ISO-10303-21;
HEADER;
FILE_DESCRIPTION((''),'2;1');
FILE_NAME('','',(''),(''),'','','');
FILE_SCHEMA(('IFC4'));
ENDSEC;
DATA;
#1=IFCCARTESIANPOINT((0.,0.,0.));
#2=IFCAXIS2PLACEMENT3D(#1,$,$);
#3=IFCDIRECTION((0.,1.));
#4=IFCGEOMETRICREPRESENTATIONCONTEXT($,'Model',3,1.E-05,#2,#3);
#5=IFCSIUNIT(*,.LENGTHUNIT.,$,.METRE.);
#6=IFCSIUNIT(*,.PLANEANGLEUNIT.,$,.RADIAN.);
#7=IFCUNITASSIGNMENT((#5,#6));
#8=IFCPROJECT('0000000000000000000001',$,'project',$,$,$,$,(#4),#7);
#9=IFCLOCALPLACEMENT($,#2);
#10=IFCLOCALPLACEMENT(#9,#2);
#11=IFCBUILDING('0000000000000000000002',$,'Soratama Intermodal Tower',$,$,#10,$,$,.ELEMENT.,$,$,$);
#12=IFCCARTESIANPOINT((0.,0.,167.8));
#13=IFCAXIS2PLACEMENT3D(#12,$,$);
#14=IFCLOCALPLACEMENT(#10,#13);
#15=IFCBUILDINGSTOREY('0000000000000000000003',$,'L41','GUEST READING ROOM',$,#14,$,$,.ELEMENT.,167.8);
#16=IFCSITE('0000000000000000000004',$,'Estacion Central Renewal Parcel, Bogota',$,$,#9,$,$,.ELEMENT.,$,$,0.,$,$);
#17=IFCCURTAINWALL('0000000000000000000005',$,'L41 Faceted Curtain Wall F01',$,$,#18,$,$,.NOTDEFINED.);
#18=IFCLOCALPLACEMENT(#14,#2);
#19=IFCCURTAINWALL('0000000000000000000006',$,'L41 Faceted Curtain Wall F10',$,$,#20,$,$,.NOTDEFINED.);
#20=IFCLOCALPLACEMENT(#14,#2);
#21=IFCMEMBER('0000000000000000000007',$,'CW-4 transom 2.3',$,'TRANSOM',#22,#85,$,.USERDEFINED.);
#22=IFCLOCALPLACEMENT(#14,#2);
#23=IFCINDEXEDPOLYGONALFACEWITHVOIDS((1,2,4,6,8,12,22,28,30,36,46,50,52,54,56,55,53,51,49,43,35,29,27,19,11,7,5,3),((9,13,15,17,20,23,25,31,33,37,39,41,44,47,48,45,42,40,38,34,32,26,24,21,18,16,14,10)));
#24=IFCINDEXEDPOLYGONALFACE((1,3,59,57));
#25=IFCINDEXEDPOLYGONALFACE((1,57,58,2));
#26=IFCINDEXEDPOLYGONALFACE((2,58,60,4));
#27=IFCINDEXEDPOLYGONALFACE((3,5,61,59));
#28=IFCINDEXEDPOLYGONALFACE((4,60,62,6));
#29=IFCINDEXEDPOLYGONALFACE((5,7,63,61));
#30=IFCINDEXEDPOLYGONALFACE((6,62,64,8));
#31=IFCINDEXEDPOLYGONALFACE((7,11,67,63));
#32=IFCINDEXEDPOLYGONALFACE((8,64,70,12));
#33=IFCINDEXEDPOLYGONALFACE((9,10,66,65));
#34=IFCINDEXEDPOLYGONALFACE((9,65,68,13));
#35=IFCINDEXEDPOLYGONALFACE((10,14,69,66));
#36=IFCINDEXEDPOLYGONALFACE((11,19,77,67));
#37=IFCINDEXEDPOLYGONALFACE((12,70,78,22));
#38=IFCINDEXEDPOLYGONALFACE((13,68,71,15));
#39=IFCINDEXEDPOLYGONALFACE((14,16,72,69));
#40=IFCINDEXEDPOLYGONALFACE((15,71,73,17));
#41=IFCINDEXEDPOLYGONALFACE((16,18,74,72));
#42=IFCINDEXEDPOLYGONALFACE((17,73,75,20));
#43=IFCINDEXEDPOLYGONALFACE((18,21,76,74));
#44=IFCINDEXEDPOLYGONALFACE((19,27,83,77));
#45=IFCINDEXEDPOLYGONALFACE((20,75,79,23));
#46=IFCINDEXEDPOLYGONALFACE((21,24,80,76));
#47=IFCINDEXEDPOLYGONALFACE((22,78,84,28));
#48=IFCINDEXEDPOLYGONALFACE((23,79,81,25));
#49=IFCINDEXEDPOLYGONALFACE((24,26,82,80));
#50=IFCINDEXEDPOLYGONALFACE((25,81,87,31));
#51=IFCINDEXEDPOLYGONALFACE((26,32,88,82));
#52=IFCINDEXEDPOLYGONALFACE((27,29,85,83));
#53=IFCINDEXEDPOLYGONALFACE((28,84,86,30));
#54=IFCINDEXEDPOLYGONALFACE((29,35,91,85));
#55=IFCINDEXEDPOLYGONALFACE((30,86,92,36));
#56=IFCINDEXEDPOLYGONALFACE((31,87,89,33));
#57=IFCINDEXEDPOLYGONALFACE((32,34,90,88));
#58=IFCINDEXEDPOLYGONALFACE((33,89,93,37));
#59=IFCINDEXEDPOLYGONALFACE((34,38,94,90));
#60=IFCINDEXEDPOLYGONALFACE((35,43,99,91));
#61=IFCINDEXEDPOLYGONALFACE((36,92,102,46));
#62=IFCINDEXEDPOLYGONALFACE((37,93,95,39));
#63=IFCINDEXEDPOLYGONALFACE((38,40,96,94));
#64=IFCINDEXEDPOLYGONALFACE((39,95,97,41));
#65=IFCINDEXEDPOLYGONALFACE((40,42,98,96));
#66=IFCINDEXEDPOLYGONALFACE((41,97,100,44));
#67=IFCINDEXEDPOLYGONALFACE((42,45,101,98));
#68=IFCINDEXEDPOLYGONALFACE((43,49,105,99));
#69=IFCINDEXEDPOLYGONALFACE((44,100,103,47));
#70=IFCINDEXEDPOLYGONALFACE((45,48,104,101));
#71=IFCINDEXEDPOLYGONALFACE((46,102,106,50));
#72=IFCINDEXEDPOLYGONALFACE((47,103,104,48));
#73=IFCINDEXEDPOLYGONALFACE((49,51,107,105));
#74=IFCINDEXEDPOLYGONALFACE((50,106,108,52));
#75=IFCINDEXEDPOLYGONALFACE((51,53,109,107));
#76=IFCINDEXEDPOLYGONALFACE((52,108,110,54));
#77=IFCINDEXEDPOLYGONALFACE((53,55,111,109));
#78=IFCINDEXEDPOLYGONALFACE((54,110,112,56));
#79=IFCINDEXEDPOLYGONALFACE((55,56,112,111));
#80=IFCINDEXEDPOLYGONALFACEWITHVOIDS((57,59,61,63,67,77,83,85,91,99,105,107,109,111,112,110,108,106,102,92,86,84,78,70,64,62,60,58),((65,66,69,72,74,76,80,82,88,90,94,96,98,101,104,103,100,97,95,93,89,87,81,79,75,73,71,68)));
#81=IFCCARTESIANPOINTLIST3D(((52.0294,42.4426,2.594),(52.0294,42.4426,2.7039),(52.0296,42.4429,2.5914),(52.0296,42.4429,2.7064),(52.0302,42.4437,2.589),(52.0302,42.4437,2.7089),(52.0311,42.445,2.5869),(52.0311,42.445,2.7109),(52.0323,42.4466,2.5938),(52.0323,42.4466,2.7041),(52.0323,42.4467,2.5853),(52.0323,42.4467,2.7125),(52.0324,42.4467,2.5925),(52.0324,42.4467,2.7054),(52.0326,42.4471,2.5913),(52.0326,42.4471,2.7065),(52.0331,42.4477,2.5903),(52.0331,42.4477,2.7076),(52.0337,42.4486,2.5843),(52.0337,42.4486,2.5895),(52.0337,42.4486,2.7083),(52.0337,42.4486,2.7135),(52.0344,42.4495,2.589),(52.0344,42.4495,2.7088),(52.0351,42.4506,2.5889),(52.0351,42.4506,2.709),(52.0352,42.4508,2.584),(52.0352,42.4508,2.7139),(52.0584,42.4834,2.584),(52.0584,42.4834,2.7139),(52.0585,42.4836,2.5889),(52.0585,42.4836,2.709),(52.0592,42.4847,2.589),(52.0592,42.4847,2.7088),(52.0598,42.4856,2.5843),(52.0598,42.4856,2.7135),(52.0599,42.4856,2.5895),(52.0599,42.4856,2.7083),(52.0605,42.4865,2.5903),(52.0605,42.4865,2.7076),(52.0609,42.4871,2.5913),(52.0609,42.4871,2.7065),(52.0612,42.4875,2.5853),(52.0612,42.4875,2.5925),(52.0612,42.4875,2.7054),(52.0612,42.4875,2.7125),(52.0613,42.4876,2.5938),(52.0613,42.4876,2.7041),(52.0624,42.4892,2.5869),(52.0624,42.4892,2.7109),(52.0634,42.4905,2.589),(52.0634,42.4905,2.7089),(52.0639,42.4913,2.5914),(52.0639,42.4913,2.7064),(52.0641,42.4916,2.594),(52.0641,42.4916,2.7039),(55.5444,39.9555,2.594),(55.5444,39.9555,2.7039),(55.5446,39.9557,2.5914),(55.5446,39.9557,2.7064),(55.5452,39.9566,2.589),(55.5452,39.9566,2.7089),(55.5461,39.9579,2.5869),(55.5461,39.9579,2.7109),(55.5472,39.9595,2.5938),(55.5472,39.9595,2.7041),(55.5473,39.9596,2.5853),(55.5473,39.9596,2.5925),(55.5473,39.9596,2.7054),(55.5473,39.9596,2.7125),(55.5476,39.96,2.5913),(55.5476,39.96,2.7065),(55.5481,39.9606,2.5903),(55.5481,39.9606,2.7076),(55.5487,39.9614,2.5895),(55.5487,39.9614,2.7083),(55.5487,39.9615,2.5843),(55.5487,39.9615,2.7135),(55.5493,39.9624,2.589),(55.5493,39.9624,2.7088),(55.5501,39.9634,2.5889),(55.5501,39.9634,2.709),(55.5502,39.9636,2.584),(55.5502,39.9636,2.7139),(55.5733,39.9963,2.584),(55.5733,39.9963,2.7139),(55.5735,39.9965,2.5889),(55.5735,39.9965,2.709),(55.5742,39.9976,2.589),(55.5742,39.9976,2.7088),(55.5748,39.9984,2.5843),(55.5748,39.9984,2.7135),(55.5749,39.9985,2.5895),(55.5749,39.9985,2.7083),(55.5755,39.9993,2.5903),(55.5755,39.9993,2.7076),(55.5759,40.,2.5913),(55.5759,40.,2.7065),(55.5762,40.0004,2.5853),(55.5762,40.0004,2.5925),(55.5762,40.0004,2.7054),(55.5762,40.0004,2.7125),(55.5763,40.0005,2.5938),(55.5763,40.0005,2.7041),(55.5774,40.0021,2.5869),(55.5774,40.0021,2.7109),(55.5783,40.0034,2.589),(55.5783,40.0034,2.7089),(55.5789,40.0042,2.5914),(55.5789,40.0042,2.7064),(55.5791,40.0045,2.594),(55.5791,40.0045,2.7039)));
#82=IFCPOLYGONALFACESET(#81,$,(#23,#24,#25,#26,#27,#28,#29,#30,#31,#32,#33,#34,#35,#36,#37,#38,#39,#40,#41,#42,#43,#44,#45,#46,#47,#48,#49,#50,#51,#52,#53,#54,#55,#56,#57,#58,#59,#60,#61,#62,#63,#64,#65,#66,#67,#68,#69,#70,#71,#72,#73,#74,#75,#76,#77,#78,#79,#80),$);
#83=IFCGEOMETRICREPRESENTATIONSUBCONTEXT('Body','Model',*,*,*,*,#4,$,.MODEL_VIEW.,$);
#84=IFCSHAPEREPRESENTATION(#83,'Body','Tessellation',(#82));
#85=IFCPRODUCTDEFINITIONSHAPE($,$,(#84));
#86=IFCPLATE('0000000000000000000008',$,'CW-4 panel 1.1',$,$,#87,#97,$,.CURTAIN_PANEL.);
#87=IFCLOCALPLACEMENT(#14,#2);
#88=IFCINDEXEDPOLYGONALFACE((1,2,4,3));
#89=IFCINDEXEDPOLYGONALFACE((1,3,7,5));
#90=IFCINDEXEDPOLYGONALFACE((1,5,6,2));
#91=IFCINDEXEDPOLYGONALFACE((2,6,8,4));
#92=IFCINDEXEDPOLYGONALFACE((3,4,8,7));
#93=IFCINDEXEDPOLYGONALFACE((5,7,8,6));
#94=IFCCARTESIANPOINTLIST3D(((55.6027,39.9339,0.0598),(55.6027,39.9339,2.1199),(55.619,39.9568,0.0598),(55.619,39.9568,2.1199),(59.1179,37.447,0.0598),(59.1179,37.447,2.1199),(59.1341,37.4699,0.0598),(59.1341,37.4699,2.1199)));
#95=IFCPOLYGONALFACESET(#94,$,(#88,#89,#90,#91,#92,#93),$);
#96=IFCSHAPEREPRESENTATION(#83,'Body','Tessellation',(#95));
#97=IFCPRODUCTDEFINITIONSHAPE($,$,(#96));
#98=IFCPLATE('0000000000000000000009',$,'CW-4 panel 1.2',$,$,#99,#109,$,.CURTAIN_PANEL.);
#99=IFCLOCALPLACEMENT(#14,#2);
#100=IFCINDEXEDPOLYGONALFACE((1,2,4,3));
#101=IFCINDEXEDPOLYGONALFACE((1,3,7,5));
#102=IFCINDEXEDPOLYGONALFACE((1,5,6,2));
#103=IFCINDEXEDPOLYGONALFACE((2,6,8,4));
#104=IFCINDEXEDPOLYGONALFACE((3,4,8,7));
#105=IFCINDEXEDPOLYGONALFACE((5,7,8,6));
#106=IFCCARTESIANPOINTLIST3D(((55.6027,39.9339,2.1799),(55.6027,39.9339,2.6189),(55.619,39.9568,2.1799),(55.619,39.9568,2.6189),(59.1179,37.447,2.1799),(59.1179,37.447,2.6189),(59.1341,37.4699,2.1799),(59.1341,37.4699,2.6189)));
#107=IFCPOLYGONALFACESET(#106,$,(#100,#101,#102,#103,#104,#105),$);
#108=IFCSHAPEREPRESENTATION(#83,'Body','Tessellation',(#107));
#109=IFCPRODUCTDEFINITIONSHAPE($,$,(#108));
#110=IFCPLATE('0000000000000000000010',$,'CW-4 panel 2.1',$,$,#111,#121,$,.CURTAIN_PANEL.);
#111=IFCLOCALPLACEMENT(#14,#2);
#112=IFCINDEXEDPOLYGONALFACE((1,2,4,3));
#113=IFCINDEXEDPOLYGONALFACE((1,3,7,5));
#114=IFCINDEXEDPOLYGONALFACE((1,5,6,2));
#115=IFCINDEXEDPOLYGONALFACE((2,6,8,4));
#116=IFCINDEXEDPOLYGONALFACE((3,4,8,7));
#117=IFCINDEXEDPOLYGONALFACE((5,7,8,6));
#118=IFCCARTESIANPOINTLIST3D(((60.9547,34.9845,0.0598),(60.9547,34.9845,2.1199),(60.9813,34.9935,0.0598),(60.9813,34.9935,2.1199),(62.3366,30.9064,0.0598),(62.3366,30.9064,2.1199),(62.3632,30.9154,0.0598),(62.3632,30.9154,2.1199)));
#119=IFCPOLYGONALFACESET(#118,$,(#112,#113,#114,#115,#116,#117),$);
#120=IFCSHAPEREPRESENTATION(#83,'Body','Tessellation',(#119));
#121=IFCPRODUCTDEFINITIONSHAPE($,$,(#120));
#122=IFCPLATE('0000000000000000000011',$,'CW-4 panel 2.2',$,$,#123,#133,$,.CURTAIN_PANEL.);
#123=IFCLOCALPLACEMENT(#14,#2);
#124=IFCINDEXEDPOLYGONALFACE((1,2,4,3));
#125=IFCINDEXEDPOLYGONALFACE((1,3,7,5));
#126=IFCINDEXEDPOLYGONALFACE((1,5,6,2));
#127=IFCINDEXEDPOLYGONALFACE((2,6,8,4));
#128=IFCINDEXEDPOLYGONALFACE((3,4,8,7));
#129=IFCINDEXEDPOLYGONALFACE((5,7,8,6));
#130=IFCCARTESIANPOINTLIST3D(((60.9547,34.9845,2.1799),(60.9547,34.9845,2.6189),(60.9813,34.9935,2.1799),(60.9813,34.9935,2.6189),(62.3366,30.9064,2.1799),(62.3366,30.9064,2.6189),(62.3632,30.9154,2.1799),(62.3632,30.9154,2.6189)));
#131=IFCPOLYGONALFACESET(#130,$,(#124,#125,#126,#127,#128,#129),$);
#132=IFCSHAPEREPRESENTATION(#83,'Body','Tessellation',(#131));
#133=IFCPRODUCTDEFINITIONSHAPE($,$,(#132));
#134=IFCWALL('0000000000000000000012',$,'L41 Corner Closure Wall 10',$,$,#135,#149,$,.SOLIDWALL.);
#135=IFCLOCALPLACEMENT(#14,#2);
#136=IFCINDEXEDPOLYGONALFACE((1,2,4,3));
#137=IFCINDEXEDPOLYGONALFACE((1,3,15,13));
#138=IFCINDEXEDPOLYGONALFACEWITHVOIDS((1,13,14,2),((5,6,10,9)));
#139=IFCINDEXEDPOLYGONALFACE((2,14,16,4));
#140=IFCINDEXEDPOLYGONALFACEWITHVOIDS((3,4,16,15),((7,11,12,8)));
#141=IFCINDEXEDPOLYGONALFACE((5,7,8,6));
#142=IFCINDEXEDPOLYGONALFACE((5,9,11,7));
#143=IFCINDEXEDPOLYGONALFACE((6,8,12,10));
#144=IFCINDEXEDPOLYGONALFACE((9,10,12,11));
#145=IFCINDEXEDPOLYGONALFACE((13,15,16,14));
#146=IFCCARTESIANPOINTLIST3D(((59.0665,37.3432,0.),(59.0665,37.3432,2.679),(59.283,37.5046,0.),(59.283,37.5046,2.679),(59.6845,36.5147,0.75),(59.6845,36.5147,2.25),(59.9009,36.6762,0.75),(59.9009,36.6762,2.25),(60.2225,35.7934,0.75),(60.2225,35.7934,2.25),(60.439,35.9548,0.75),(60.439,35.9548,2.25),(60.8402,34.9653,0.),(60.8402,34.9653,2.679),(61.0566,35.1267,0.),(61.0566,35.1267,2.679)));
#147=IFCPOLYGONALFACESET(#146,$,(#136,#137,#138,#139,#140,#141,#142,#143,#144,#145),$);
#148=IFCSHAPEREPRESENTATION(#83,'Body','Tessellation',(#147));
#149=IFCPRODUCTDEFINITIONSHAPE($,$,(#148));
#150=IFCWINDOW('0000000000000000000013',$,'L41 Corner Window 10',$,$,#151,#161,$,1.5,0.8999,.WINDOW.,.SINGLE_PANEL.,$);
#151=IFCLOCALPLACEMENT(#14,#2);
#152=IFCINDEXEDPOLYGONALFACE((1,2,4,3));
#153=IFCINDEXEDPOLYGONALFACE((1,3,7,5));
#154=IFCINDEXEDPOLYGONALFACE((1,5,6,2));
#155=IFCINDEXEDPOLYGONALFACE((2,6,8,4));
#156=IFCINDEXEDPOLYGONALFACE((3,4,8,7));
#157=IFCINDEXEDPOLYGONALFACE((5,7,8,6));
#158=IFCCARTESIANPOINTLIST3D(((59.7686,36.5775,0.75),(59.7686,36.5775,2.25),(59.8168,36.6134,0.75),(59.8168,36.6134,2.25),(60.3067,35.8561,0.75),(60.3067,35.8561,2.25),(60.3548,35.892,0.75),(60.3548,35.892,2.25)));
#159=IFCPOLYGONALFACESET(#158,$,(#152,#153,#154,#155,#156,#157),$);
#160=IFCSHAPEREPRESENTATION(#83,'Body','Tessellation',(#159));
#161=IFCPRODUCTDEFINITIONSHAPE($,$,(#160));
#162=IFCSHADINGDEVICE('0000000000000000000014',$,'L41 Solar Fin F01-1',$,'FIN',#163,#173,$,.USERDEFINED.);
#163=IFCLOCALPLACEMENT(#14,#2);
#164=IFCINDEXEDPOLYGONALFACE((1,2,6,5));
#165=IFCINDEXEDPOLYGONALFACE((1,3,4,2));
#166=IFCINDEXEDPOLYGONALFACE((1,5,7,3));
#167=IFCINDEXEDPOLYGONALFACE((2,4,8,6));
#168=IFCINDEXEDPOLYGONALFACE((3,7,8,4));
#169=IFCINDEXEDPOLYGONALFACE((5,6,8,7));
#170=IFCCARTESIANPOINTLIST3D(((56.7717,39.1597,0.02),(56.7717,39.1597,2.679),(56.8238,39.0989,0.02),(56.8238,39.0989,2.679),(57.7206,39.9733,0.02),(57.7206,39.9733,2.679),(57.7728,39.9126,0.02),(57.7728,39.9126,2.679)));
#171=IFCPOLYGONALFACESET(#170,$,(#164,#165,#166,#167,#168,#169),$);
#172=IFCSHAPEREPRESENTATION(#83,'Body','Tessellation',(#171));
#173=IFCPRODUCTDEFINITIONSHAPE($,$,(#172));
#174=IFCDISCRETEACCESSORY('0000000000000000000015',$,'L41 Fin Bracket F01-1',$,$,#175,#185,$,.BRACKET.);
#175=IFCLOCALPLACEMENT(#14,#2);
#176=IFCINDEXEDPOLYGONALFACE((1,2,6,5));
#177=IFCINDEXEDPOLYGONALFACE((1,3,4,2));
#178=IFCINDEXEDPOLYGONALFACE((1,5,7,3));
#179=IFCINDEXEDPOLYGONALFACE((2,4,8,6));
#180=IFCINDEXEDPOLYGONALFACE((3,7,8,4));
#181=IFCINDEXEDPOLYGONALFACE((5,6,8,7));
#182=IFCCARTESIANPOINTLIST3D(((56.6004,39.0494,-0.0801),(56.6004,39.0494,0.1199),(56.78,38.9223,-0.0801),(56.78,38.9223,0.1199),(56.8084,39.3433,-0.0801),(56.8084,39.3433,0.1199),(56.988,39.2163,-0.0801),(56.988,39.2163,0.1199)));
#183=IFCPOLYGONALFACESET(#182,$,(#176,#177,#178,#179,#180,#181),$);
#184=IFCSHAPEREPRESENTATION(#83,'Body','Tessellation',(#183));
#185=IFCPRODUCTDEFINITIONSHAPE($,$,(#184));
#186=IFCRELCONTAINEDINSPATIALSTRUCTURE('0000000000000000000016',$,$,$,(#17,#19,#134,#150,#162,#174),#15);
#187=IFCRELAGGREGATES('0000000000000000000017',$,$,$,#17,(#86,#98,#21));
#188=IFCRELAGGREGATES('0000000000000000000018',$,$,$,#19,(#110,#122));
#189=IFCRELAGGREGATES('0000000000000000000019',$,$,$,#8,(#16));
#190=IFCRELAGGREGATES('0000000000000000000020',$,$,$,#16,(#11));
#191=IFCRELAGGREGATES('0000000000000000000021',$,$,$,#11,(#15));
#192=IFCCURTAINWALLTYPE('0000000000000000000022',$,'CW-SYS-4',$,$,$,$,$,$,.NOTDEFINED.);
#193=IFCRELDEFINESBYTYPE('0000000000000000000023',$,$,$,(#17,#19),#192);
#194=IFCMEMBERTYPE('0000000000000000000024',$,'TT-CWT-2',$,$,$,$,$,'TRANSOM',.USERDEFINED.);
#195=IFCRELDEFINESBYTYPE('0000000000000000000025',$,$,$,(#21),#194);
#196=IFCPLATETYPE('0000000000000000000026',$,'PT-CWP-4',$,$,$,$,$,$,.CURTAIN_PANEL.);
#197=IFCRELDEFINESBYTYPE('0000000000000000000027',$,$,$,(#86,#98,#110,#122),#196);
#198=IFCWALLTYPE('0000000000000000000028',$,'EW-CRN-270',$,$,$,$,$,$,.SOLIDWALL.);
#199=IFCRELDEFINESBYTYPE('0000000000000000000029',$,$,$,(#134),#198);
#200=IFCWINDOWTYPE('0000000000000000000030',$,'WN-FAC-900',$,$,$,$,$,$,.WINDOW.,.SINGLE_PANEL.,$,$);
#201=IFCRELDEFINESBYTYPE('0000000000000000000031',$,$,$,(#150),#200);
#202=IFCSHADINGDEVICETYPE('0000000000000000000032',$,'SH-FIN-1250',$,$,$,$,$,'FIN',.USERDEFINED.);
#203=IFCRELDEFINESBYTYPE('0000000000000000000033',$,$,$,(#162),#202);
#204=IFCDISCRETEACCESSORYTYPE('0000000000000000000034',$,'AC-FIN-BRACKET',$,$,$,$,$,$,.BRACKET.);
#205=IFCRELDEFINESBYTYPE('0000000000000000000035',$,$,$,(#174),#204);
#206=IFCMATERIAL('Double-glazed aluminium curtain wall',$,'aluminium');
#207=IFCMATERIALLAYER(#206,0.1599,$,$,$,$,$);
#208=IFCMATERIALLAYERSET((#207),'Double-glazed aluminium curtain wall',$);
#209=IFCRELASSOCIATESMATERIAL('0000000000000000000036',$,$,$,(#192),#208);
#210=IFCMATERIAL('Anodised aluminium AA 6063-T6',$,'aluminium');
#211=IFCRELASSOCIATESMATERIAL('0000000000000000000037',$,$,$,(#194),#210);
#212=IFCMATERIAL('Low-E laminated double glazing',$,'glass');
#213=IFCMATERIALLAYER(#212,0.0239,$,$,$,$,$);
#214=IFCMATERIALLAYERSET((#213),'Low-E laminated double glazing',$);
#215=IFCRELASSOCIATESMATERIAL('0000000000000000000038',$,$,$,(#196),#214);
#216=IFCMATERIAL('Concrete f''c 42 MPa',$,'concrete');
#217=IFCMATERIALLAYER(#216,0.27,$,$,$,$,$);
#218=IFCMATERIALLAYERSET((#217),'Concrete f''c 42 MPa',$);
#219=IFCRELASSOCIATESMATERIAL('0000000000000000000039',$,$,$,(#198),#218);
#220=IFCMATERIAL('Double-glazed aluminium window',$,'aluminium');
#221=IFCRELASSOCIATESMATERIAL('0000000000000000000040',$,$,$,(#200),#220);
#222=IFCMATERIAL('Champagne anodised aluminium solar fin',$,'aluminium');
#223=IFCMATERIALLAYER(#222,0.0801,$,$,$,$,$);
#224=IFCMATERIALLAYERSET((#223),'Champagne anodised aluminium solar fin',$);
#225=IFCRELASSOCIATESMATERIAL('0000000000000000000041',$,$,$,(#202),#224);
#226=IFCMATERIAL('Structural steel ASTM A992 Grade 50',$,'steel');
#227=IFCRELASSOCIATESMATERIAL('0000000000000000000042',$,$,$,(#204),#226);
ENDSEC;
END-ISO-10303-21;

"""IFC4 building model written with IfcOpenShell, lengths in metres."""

from ifc_helpers import new_model, si_unit, direction, frame, frame_2d, origin, origin_2d, place, context, subcontext, project, spatial, rectangle, hollow_rectangle, extrude, material, layer, layer_set, material_profile, profile_set, type_object, element, fill, aggregate, save


model = new_model("IFC4")

# Units and contexts
model_context = context("Model", 3, precision=1e-05, world=origin(), true_north=direction((0.0, 1.0)))
body_context = subcontext(model_context, "Body", "Model", "MODEL_VIEW")
ifc_project = project(units=[si_unit("LENGTHUNIT", "METRE"), si_unit("PLANEANGLEUNIT", "RADIAN")], contexts=[model_context])

# Site, building, storey
site_placement = place(None, origin())
site = spatial("IfcSite", under=ifc_project, at=site_placement, Name="Estacion Central Renewal Parcel, Bogota", CompositionType="ELEMENT", RefElevation=0.0)
building_placement = place(site_placement, origin())
building = spatial("IfcBuilding", under=site, at=building_placement, Name="Soratama Intermodal Tower", CompositionType="ELEMENT")
storey_placement = place(building_placement, frame((0.0, 0.0, 167.8)))
storey = spatial("IfcBuildingStorey", under=building, at=storey_placement, Name="L41", Description="GUEST READING ROOM", CompositionType="ELEMENT", Elevation=167.8)

# Curtain wall
ifc_material_1 = material(Name="Double-glazed aluminium curtain wall", Category="aluminium")
ifc_layer_1 = layer(ifc_material_1, 0.1599)
ifc_layer_set_1 = layer_set([ifc_layer_1], Name="Double-glazed aluminium curtain wall")
curtain_wall_type = type_object("IfcCurtainWallType", Name="CW-SYS-4", PredefinedType="NOTDEFINED", material=ifc_layer_set_1)
curtain_wall_1_placement = place(storey_placement, origin())
curtain_wall_1 = element("IfcCurtainWall", 1, at=curtain_wall_1_placement, inside=storey, type_object=curtain_wall_type, Name="L41 Faceted Curtain Wall F01", PredefinedType="NOTDEFINED")

# Curtain wall
curtain_wall_2_placement = place(storey_placement, origin())
curtain_wall_2 = element("IfcCurtainWall", 2, at=curtain_wall_2_placement, inside=storey, type_object=curtain_wall_type, Name="L41 Faceted Curtain Wall F10", PredefinedType="NOTDEFINED")

# Member
ifc_material_2 = material(Name="Anodised aluminium AA 6063-T6", Category="aluminium")
ifc_material_profile_1 = material_profile(ifc_material_2, hollow_rectangle(XDim=0.0601, YDim=0.1299, WallThickness=0.0049, InnerFilletRadius=0.0049, OuterFilletRadius=0.01, at=origin_2d()), Name="CWT130X60X5")
ifc_profile_set_1 = profile_set([ifc_material_profile_1], Name="Anodised aluminium AA 6063-T6")
member_type_1 = type_object("IfcMemberType", Name="TT-CWT-2", ElementType="TRANSOM", PredefinedType="USERDEFINED", material=ifc_profile_set_1)
member_1_placement = place(storey_placement, frame((55.5618, 39.98, 2.6489), z_axis=(-0.816315, 0.577607, 0.0), x_axis=(-0.577607, -0.816315, 0.0)))
member_1 = element("IfcMember", 3, at=member_1_placement, type_object=member_type_1, Name="CW-4 transom 2.3", ObjectType="TRANSOM", PredefinedType="USERDEFINED", context=body_context, shape_type="SweptSolid", body=[
    extrude(hollow_rectangle(XDim=0.0601, YDim=0.1299, WallThickness=0.0049, InnerFilletRadius=0.0049, OuterFilletRadius=0.01, at=origin_2d()), origin(), (0.0, 0.0, 1.0), 4.3059),
])

# Plates
ifc_material_3 = material(Name="Low-E laminated double glazing", Category="glass")
ifc_layer_2 = layer(ifc_material_3, 0.0239)
ifc_layer_set_2 = layer_set([ifc_layer_2], Name="Low-E laminated double glazing")
plate_type = type_object("IfcPlateType", Name="PT-CWP-4", PredefinedType="CURTAIN_PANEL", material=ifc_layer_set_2)
plate_1_placement = place(storey_placement, frame((57.3684, 38.7019, 0.0598), z_axis=(0.0, 0.0, 1.0), x_axis=(-0.816345, 0.577564, 0.0)))
plate_1 = element("IfcPlate", 4, at=plate_1_placement, type_object=plate_type, Name="CW-4 panel 1.1", PredefinedType="CURTAIN_PANEL", context=body_context, shape_type="SweptSolid", body=[
    extrude(rectangle(XDim=4.3059, YDim=0.0281, at=origin_2d()), origin(), (0.0, 0.0, 1.0), 2.0601),
])
plate_2_placement = place(storey_placement, frame((57.3684, 38.7019, 2.1799), z_axis=(0.0, 0.0, 1.0), x_axis=(-0.816345, 0.577564, 0.0)))
plate_2 = element("IfcPlate", 5, at=plate_2_placement, type_object=plate_type, Name="CW-4 panel 1.2", PredefinedType="CURTAIN_PANEL", context=body_context, shape_type="SweptSolid", body=[
    extrude(rectangle(XDim=4.3059, YDim=0.0281, at=origin_2d()), origin(), (0.0, 0.0, 1.0), 0.439),
])
aggregate(curtain_wall_1, [plate_1, plate_2, member_1])
plate_3_placement = place(storey_placement, frame((61.6589, 32.95, 0.0598), z_axis=(0.0, 0.0, 1.0), x_axis=(-0.32094, 0.9471, 0.0)))
plate_3 = element("IfcPlate", 6, at=plate_3_placement, type_object=plate_type, Name="CW-4 panel 2.1", PredefinedType="CURTAIN_PANEL", context=body_context, shape_type="SweptSolid", body=[
    extrude(rectangle(XDim=4.3059, YDim=0.0281, at=origin_2d()), origin(), (0.0, 0.0, 1.0), 2.0601),
])
plate_4_placement = place(storey_placement, frame((61.6589, 32.95, 2.1799), z_axis=(0.0, 0.0, 1.0), x_axis=(-0.32094, 0.9471, 0.0)))
plate_4 = element("IfcPlate", 7, at=plate_4_placement, type_object=plate_type, Name="CW-4 panel 2.2", PredefinedType="CURTAIN_PANEL", context=body_context, shape_type="SweptSolid", body=[
    extrude(rectangle(XDim=4.3059, YDim=0.0281, at=origin_2d()), origin(), (0.0, 0.0, 1.0), 0.439),
])
aggregate(curtain_wall_2, [plate_3, plate_4])

# Wall, opening, window
ifc_material_4 = material(Name="Concrete f'c 42 MPa", Category="concrete")
ifc_layer_3 = layer(ifc_material_4, 0.27)
ifc_layer_set_3 = layer_set([ifc_layer_3], Name="Concrete f'c 42 MPa")
wall_type = type_object("IfcWallType", Name="EW-CRN-270", PredefinedType="SOLIDWALL", material=ifc_layer_set_3)
wall_placement = place(storey_placement, frame((60.9485, 35.0459, 0.0), z_axis=(0.0, 0.0, 1.0), x_axis=(-0.597891, 0.801577, 0.0)))
wall = element("IfcWall", 8, at=wall_placement, inside=storey, type_object=wall_type, Name="L41 Corner Closure Wall 10", PredefinedType="SOLIDWALL", context=body_context, shape_type="SweptSolid", body=[
    extrude(rectangle(XDim=2.9666, YDim=0.27, at=frame_2d((1.4834, 0.0))), origin(), (0.0, 0.0, 1.0), 2.679),
])
opening_placement = place(wall_placement, frame((1.0332, 0.0, 0.75)))
opening = element("IfcOpeningElement", 9, at=opening_placement, cuts=wall, PredefinedType="OPENING", context=body_context, shape_type="SweptSolid", body=[
    extrude(rectangle(XDim=0.8999, YDim=1.5, at=frame_2d((0.45, 0.75))), frame((0.0, 0.145, 0.0), z_axis=(0.0, -1.0, 0.0), x_axis=(1.0, 0.0, 0.0)), (0.0, 0.0, 1.0), 0.29),
])
ifc_material_5 = material(Name="Double-glazed aluminium window", Category="aluminium")
window_type = type_object("IfcWindowType", Name="WN-FAC-900", PartitioningType="SINGLE_PANEL", PredefinedType="WINDOW", material=ifc_material_5)
window_placement = place(opening_placement, origin())
window = element("IfcWindow", 10, at=window_placement, inside=storey, type_object=window_type, Name="L41 Corner Window 10", OverallHeight=1.5, OverallWidth=0.8999, PartitioningType="SINGLE_PANEL", PredefinedType="WINDOW", context=body_context, shape_type="SweptSolid", body=[
    extrude(rectangle(XDim=0.8999, YDim=1.5, at=frame_2d((0.45, 0.75))), frame((0.0, 0.03, 0.0), z_axis=(0.0, -1.0, 0.0), x_axis=(1.0, 0.0, 0.0)), (0.0, 0.0, 1.0), 0.0601),
])
fill(opening, window)

# Shading device
ifc_material_6 = material(Name="Champagne anodised aluminium solar fin", Category="aluminium")
ifc_layer_4 = layer(ifc_material_6, 0.0801)
ifc_layer_set_4 = layer_set([ifc_layer_4], Name="Champagne anodised aluminium solar fin")
shading_device_type = type_object("IfcShadingDeviceType", Name="SH-FIN-1250", ElementType="FIN", PredefinedType="USERDEFINED", material=ifc_layer_set_4)
shading_device_placement = place(storey_placement, frame((57.2722, 39.5361, 0.02), z_axis=(0.0, 0.0, 1.0), x_axis=(0.759158, 0.650907, 0.0)))
element("IfcShadingDevice", 11, at=shading_device_placement, inside=storey, type_object=shading_device_type, Name="L41 Solar Fin F01-1", ObjectType="FIN", PredefinedType="USERDEFINED", context=body_context, shape_type="SweptSolid", body=[
    extrude(rectangle(XDim=1.25, YDim=0.0801, at=origin_2d()), origin(), (0.0, 0.0, 1.0), 2.6589),
])

# Discrete accessory
ifc_material_7 = material(Name="Structural steel ASTM A992 Grade 50", Category="steel")
discrete_accessory_type = type_object("IfcDiscreteAccessoryType", Name="AC-FIN-BRACKET", PredefinedType="BRACKET", material=ifc_material_7)
for number, where, z_axis, x_axis, name in (
    (12, (56.7942, 39.1328, -0.0801), (0.0, 0.0, 1.0), (0.577573, 0.816339, 0.0), "L41 Fin Bracket F01-1"),
):
    element("IfcDiscreteAccessory", number, at=place(storey_placement, frame(where, z_axis=z_axis, x_axis=x_axis)), inside=storey, type_object=discrete_accessory_type, Name=name, PredefinedType="BRACKET", context=body_context, shape_type="SweptSolid", body=[
        extrude(rectangle(XDim=0.3601, YDim=0.22, at=origin_2d()), origin(), (0.0, 0.0, 1.0), 0.2),
    ])

save(model, "model.ifc")
